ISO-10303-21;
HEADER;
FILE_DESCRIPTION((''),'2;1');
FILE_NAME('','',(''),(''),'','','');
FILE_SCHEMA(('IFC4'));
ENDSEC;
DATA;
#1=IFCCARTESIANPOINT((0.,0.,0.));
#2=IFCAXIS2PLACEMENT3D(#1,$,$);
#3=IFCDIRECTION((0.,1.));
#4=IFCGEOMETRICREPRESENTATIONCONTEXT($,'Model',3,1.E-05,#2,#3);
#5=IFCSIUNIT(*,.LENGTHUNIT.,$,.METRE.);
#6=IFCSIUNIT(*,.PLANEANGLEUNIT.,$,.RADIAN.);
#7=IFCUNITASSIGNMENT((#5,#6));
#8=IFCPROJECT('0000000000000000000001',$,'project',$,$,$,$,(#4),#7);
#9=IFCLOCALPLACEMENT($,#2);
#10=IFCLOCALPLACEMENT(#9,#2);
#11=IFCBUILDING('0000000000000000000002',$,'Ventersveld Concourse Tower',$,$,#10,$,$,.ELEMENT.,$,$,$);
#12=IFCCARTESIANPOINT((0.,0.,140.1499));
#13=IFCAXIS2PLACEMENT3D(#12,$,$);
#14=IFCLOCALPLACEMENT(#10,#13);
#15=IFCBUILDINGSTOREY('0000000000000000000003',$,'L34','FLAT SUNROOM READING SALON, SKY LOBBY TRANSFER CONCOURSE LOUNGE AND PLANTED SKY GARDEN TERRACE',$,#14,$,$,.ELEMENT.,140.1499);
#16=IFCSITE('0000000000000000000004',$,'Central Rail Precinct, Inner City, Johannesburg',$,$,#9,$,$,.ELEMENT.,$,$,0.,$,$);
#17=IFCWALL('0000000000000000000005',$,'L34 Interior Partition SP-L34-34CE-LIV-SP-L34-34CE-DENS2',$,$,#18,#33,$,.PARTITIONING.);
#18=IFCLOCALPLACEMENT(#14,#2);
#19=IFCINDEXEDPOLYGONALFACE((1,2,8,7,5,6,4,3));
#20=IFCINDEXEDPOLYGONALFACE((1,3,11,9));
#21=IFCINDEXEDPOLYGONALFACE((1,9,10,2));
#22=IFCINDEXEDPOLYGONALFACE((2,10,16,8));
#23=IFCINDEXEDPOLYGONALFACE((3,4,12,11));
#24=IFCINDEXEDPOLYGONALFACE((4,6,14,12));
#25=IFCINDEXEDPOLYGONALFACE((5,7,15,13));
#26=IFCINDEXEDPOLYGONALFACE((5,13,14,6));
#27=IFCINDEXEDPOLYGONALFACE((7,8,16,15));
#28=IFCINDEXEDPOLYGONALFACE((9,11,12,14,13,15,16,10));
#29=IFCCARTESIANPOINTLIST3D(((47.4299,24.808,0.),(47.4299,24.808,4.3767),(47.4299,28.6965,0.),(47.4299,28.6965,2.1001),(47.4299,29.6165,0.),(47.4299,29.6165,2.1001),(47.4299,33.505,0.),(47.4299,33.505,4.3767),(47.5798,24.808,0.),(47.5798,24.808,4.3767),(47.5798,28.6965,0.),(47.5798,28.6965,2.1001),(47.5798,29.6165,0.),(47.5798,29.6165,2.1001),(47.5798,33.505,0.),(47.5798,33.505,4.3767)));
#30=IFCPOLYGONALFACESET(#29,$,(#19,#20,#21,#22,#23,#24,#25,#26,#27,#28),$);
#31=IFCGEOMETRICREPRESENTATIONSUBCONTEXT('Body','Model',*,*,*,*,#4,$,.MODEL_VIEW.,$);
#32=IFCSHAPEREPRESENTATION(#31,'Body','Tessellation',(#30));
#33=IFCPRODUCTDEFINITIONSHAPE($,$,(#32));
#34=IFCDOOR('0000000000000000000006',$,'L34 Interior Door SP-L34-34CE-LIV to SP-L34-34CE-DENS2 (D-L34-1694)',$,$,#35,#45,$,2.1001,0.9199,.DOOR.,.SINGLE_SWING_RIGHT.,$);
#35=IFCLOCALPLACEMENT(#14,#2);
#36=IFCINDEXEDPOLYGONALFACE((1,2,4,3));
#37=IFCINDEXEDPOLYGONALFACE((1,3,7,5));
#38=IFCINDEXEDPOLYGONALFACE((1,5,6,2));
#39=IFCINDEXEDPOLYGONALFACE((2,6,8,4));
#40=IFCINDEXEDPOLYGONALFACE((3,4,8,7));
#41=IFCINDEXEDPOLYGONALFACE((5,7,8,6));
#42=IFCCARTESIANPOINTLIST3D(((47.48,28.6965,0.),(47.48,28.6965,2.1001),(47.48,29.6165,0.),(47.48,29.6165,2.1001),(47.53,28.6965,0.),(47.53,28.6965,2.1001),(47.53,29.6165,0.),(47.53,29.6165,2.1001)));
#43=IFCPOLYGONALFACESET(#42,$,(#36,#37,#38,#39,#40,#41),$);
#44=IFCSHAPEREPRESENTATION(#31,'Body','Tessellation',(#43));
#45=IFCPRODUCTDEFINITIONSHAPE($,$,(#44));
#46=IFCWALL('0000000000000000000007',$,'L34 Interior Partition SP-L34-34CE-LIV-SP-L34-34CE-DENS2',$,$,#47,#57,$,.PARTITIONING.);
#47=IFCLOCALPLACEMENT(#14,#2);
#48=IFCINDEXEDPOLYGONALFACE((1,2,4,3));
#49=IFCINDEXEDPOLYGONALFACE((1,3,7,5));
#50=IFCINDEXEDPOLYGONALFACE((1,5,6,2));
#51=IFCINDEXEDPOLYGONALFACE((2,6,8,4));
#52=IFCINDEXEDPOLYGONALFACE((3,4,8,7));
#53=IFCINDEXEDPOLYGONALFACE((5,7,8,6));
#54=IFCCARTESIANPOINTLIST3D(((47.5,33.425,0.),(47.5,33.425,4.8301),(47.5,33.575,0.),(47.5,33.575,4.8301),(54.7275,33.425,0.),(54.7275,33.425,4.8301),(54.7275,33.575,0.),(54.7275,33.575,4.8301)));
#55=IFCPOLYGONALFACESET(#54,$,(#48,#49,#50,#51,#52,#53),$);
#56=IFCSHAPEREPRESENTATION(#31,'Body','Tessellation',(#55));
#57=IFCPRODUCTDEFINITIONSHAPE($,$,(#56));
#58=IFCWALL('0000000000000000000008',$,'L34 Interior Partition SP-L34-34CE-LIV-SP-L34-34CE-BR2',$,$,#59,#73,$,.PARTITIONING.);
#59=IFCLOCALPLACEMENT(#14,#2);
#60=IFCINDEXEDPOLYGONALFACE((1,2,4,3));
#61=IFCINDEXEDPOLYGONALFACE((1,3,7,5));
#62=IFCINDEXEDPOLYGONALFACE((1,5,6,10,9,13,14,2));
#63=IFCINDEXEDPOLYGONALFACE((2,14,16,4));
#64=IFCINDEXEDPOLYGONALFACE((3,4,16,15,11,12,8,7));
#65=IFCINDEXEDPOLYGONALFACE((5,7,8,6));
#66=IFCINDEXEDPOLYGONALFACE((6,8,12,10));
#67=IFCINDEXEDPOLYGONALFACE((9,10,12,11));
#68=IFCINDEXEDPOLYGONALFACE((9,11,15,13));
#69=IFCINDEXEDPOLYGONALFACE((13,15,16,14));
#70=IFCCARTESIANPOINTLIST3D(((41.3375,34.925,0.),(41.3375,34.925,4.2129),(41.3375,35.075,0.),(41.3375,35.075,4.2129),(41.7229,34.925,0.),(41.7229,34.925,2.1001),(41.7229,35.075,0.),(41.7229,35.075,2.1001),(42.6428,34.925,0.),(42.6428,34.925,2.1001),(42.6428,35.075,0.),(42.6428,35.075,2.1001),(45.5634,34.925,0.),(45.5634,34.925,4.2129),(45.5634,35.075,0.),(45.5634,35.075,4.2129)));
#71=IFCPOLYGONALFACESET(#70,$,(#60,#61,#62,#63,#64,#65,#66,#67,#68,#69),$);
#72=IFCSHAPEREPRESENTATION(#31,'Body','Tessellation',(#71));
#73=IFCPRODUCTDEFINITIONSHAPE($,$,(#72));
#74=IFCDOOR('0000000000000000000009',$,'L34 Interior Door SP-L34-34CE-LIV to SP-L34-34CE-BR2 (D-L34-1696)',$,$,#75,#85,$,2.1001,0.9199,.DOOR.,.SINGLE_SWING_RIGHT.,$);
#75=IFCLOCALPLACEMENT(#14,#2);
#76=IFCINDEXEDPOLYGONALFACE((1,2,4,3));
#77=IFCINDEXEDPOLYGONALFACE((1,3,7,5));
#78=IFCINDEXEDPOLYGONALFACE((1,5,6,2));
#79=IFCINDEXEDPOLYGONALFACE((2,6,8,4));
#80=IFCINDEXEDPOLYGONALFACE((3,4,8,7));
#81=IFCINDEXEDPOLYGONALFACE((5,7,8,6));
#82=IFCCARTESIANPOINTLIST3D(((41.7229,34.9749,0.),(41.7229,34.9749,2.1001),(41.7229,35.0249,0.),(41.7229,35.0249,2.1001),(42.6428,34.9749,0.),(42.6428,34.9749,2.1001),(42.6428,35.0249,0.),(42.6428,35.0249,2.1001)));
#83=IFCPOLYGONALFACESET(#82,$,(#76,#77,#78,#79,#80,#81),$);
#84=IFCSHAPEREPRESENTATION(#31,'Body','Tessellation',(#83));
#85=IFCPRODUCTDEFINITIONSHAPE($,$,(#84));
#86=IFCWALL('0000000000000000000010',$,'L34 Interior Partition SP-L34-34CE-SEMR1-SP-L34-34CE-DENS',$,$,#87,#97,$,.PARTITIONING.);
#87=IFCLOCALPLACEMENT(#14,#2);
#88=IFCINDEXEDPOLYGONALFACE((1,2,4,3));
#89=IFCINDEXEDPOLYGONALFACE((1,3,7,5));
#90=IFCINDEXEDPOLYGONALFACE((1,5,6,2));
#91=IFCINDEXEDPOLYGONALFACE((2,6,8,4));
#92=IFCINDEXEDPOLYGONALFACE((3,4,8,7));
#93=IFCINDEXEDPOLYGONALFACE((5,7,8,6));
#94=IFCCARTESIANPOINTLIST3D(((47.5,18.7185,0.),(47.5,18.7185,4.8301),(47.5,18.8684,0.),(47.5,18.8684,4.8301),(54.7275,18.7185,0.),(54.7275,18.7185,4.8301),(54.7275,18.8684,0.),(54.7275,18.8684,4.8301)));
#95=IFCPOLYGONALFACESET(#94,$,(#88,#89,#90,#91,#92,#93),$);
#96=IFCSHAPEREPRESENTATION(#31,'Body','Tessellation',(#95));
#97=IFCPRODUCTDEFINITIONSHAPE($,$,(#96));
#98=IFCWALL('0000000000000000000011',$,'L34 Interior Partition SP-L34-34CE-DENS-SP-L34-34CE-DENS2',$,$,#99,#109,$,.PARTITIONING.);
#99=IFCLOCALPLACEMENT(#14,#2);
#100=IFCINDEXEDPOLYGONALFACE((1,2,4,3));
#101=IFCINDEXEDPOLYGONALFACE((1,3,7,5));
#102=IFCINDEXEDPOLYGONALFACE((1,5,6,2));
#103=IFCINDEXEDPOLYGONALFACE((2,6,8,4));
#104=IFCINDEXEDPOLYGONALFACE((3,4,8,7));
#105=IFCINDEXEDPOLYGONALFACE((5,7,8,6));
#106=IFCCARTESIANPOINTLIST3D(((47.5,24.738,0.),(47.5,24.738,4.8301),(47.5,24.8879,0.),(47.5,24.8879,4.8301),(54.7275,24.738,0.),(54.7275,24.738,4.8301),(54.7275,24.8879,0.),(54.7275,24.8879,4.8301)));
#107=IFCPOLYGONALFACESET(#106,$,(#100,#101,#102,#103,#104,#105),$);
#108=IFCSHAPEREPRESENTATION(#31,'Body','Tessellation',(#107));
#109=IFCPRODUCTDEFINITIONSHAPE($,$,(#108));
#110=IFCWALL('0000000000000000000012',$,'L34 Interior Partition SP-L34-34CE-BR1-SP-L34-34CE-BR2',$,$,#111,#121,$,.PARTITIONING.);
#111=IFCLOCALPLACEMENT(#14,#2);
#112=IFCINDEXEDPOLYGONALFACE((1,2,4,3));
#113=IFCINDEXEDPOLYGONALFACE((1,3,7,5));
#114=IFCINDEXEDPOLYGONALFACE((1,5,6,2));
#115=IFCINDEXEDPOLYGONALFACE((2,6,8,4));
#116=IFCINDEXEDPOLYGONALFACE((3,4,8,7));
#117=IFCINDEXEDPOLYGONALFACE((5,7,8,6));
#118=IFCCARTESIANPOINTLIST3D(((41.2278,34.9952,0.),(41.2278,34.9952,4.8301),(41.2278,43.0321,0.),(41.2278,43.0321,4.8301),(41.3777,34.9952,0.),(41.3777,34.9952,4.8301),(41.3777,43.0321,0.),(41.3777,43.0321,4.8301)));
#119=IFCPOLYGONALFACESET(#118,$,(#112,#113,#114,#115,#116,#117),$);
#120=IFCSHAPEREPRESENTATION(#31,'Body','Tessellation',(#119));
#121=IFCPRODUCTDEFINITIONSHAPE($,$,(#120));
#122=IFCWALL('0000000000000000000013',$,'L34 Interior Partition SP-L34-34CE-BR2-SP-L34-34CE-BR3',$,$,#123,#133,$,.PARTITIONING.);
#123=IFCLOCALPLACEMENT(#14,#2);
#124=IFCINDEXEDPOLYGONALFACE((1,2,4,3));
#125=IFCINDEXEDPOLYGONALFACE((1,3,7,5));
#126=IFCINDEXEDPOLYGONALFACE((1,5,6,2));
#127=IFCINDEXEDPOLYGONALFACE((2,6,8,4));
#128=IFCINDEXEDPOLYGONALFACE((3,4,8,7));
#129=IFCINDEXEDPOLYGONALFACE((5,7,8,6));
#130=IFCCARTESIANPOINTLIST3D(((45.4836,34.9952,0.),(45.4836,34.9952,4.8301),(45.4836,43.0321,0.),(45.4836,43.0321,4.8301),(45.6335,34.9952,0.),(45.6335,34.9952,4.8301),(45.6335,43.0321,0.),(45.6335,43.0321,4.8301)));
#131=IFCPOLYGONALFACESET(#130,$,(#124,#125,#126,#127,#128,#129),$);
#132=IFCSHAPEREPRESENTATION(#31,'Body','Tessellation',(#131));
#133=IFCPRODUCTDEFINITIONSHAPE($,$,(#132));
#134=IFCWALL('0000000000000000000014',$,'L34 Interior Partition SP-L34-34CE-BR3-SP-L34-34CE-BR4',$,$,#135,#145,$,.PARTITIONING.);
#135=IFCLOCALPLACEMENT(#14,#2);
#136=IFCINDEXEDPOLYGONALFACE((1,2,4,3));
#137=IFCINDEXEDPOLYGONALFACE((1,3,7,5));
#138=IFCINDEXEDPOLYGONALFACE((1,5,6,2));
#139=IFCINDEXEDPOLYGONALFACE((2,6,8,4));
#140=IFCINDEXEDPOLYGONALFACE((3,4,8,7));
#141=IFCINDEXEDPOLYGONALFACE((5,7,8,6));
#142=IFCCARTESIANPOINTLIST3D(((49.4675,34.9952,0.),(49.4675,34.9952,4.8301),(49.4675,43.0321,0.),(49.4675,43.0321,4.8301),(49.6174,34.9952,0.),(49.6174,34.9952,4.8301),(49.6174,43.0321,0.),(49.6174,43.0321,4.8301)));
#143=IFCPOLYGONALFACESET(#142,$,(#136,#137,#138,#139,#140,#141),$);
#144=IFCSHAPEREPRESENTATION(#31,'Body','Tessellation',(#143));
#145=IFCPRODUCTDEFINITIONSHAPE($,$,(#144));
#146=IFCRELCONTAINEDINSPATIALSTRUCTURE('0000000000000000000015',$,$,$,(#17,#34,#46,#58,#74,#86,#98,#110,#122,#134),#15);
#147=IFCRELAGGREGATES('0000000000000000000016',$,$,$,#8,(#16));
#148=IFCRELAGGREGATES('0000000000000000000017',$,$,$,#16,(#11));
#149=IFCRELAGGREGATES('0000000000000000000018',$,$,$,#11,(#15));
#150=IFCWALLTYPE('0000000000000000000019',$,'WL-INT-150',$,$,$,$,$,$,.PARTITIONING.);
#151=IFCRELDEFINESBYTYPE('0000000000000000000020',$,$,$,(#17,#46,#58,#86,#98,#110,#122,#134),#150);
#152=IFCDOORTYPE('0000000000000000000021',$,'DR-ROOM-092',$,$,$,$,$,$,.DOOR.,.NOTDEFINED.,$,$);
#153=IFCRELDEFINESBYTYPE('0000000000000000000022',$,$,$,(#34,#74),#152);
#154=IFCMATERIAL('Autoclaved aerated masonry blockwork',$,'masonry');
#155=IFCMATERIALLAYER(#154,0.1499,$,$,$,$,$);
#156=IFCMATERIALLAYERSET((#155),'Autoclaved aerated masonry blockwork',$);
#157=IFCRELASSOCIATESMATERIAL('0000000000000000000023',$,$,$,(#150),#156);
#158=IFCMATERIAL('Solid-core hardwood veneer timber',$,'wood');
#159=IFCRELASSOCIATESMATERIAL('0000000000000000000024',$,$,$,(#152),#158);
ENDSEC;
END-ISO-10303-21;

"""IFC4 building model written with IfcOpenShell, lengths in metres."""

from ifc_helpers import new_model, si_unit, direction, frame, frame_2d, origin, place, context, subcontext, project, spatial, rectangle, extrude, material, layer, layer_set, type_object, element, fill, save


model = new_model("IFC4")

# Units and contexts
model_context = context("Model", 3, precision=1e-05, world=origin(), true_north=direction((0.0, 1.0)))
body_context = subcontext(model_context, "Body", "Model", "MODEL_VIEW")
ifc_project = project(units=[si_unit("LENGTHUNIT", "METRE"), si_unit("PLANEANGLEUNIT", "RADIAN")], contexts=[model_context])

# Site, building, storey
site_placement = place(None, origin())
site = spatial("IfcSite", under=ifc_project, at=site_placement, Name="Central Rail Precinct, Inner City, Johannesburg", CompositionType="ELEMENT", RefElevation=0.0)
building_placement = place(site_placement, origin())
building = spatial("IfcBuilding", under=site, at=building_placement, Name="Ventersveld Concourse Tower", CompositionType="ELEMENT")
storey_placement = place(building_placement, frame((0.0, 0.0, 140.1499)))
storey = spatial("IfcBuildingStorey", under=building, at=storey_placement, Name="L34", Description="FLAT SUNROOM READING SALON, SKY LOBBY TRANSFER CONCOURSE LOUNGE AND PLANTED SKY GARDEN TERRACE", CompositionType="ELEMENT", Elevation=140.1499)

# Wall, opening, door
ifc_material_1 = material(Name="Autoclaved aerated masonry blockwork", Category="masonry")
ifc_layer = layer(ifc_material_1, 0.1499)
ifc_layer_set = layer_set([ifc_layer], Name="Autoclaved aerated masonry blockwork")
wall_type = type_object("IfcWallType", Name="WL-INT-150", PredefinedType="PARTITIONING", material=ifc_layer_set)
ifc_material_2 = material(Name="Solid-core hardwood veneer timber", Category="wood")
door_type = type_object("IfcDoorType", Name="DR-ROOM-092", OperationType="NOTDEFINED", PredefinedType="DOOR", material=ifc_material_2)
wall_1_placement = place(storey_placement, frame((47.5049, 24.8079, 0.0), z_axis=(0.0, 0.0, 1.0), x_axis=(0.0, 1.0, 0.0)))
wall_1 = element("IfcWall", 1, at=wall_1_placement, inside=storey, type_object=wall_type, Name="L34 Interior Partition SP-L34-34CE-LIV-SP-L34-34CE-DENS2", PredefinedType="PARTITIONING", context=body_context, shape_type="SweptSolid", body=[
    extrude(rectangle(XDim=8.697, YDim=0.1499, at=frame_2d((4.3486, 0.0))), origin(), (0.0, 0.0, 1.0), 4.3767),
])
opening_1_placement = place(wall_1_placement, frame((3.8887, 0.0, 0.0)))
opening_1 = element("IfcOpeningElement", 2, at=opening_1_placement, cuts=wall_1, PredefinedType="OPENING", context=body_context, shape_type="SweptSolid", body=[
    extrude(rectangle(XDim=0.9199, YDim=2.1001, at=frame_2d((0.46, 1.05))), frame((0.0, 0.085, 0.0), z_axis=(0.0, -1.0, 0.0), x_axis=(1.0, 0.0, 0.0)), (0.0, 0.0, 1.0), 0.1699),
])
door_1_placement = place(opening_1_placement, origin())
door_1 = element("IfcDoor", 3, at=door_1_placement, inside=storey, type_object=door_type, Name="L34 Interior Door SP-L34-34CE-LIV to SP-L34-34CE-DENS2 (D-L34-1694)", OperationType="SINGLE_SWING_RIGHT", OverallHeight=2.1001, OverallWidth=0.9199, PredefinedType="DOOR", context=body_context, shape_type="SweptSolid", body=[
    extrude(rectangle(XDim=0.9199, YDim=2.1001, at=frame_2d((0.46, 1.05))), frame((0.0, 0.0249, 0.0), z_axis=(0.0, -1.0, 0.0), x_axis=(1.0, 0.0, 0.0)), (0.0, 0.0, 1.0), 0.05),
])
fill(opening_1, door_1)

# Wall
wall_2_placement = place(storey_placement, frame((47.5, 33.5, 0.0), z_axis=(0.0, 0.0, 1.0), x_axis=(1.0, 0.0, 0.0)))
element("IfcWall", 4, at=wall_2_placement, inside=storey, type_object=wall_type, Name="L34 Interior Partition SP-L34-34CE-LIV-SP-L34-34CE-DENS2", PredefinedType="PARTITIONING", context=body_context, shape_type="SweptSolid", body=[
    extrude(rectangle(XDim=7.2275, YDim=0.1499, at=frame_2d((3.6138, 0.0))), origin(), (0.0, 0.0, 1.0), 4.8301),
])

# Wall, opening, door
wall_3_placement = place(storey_placement, frame((41.3376, 35.0, 0.0), z_axis=(0.0, 0.0, 1.0), x_axis=(1.0, 0.0, 0.0)))
wall_3 = element("IfcWall", 5, at=wall_3_placement, inside=storey, type_object=wall_type, Name="L34 Interior Partition SP-L34-34CE-LIV-SP-L34-34CE-BR2", PredefinedType="PARTITIONING", context=body_context, shape_type="SweptSolid", body=[
    extrude(rectangle(XDim=4.2258, YDim=0.1499, at=frame_2d((2.1128, 0.0))), origin(), (0.0, 0.0, 1.0), 4.2129),
])
opening_2_placement = place(wall_3_placement, frame((0.3853, 0.0, 0.0)))
opening_2 = element("IfcOpeningElement", 6, at=opening_2_placement, cuts=wall_3, PredefinedType="OPENING", context=body_context, shape_type="SweptSolid", body=[
    extrude(rectangle(XDim=0.9199, YDim=2.1001, at=frame_2d((0.46, 1.05))), frame((0.0, 0.085, 0.0), z_axis=(0.0, -1.0, 0.0), x_axis=(1.0, 0.0, 0.0)), (0.0, 0.0, 1.0), 0.1699),
])
door_2_placement = place(opening_2_placement, origin())
door_2 = element("IfcDoor", 7, at=door_2_placement, inside=storey, type_object=door_type, Name="L34 Interior Door SP-L34-34CE-LIV to SP-L34-34CE-BR2 (D-L34-1696)", OperationType="SINGLE_SWING_RIGHT", OverallHeight=2.1001, OverallWidth=0.9199, PredefinedType="DOOR", context=body_context, shape_type="SweptSolid", body=[
    extrude(rectangle(XDim=0.9199, YDim=2.1001, at=frame_2d((0.46, 1.05))), frame((0.0, 0.0249, 0.0), z_axis=(0.0, -1.0, 0.0), x_axis=(1.0, 0.0, 0.0)), (0.0, 0.0, 1.0), 0.05),
])
fill(opening_2, door_2)

# Walls
for number, where, z_axis, x_axis, name in (
    (8, (47.5, 18.7935, 0.0), (0.0, 0.0, 1.0), (1.0, 0.0, 0.0), "L34 Interior Partition SP-L34-34CE-SEMR1-SP-L34-34CE-DENS"),
    (9, (47.5, 24.813, 0.0), (0.0, 0.0, 1.0), (1.0, 0.0, 0.0), "L34 Interior Partition SP-L34-34CE-DENS-SP-L34-34CE-DENS2"),
):
    element("IfcWall", number, at=place(storey_placement, frame(where, z_axis=z_axis, x_axis=x_axis)), inside=storey, type_object=wall_type, Name=name, PredefinedType="PARTITIONING", context=body_context, shape_type="SweptSolid", body=[
        extrude(rectangle(XDim=7.2275, YDim=0.1499, at=frame_2d((3.6138, 0.0))), origin(), (0.0, 0.0, 1.0), 4.8301),
    ])
for number, where, z_axis, x_axis, name in (
    (10, (41.3027, 34.9951, 0.0), (0.0, 0.0, 1.0), (0.0, 1.0, 0.0), "L34 Interior Partition SP-L34-34CE-BR1-SP-L34-34CE-BR2"),
    (11, (45.5586, 34.9951, 0.0), (0.0, 0.0, 1.0), (0.0, 1.0, 0.0), "L34 Interior Partition SP-L34-34CE-BR2-SP-L34-34CE-BR3"),
    (12, (49.5425, 34.9951, 0.0), (0.0, 0.0, 1.0), (0.0, 1.0, 0.0), "L34 Interior Partition SP-L34-34CE-BR3-SP-L34-34CE-BR4"),
):
    element("IfcWall", number, at=place(storey_placement, frame(where, z_axis=z_axis, x_axis=x_axis)), inside=storey, type_object=wall_type, Name=name, PredefinedType="PARTITIONING", context=body_context, shape_type="SweptSolid", body=[
        extrude(rectangle(XDim=8.0369, YDim=0.1499, at=frame_2d((4.0186, 0.0))), origin(), (0.0, 0.0, 1.0), 4.8301),
    ])

save(model, "model.ifc")
